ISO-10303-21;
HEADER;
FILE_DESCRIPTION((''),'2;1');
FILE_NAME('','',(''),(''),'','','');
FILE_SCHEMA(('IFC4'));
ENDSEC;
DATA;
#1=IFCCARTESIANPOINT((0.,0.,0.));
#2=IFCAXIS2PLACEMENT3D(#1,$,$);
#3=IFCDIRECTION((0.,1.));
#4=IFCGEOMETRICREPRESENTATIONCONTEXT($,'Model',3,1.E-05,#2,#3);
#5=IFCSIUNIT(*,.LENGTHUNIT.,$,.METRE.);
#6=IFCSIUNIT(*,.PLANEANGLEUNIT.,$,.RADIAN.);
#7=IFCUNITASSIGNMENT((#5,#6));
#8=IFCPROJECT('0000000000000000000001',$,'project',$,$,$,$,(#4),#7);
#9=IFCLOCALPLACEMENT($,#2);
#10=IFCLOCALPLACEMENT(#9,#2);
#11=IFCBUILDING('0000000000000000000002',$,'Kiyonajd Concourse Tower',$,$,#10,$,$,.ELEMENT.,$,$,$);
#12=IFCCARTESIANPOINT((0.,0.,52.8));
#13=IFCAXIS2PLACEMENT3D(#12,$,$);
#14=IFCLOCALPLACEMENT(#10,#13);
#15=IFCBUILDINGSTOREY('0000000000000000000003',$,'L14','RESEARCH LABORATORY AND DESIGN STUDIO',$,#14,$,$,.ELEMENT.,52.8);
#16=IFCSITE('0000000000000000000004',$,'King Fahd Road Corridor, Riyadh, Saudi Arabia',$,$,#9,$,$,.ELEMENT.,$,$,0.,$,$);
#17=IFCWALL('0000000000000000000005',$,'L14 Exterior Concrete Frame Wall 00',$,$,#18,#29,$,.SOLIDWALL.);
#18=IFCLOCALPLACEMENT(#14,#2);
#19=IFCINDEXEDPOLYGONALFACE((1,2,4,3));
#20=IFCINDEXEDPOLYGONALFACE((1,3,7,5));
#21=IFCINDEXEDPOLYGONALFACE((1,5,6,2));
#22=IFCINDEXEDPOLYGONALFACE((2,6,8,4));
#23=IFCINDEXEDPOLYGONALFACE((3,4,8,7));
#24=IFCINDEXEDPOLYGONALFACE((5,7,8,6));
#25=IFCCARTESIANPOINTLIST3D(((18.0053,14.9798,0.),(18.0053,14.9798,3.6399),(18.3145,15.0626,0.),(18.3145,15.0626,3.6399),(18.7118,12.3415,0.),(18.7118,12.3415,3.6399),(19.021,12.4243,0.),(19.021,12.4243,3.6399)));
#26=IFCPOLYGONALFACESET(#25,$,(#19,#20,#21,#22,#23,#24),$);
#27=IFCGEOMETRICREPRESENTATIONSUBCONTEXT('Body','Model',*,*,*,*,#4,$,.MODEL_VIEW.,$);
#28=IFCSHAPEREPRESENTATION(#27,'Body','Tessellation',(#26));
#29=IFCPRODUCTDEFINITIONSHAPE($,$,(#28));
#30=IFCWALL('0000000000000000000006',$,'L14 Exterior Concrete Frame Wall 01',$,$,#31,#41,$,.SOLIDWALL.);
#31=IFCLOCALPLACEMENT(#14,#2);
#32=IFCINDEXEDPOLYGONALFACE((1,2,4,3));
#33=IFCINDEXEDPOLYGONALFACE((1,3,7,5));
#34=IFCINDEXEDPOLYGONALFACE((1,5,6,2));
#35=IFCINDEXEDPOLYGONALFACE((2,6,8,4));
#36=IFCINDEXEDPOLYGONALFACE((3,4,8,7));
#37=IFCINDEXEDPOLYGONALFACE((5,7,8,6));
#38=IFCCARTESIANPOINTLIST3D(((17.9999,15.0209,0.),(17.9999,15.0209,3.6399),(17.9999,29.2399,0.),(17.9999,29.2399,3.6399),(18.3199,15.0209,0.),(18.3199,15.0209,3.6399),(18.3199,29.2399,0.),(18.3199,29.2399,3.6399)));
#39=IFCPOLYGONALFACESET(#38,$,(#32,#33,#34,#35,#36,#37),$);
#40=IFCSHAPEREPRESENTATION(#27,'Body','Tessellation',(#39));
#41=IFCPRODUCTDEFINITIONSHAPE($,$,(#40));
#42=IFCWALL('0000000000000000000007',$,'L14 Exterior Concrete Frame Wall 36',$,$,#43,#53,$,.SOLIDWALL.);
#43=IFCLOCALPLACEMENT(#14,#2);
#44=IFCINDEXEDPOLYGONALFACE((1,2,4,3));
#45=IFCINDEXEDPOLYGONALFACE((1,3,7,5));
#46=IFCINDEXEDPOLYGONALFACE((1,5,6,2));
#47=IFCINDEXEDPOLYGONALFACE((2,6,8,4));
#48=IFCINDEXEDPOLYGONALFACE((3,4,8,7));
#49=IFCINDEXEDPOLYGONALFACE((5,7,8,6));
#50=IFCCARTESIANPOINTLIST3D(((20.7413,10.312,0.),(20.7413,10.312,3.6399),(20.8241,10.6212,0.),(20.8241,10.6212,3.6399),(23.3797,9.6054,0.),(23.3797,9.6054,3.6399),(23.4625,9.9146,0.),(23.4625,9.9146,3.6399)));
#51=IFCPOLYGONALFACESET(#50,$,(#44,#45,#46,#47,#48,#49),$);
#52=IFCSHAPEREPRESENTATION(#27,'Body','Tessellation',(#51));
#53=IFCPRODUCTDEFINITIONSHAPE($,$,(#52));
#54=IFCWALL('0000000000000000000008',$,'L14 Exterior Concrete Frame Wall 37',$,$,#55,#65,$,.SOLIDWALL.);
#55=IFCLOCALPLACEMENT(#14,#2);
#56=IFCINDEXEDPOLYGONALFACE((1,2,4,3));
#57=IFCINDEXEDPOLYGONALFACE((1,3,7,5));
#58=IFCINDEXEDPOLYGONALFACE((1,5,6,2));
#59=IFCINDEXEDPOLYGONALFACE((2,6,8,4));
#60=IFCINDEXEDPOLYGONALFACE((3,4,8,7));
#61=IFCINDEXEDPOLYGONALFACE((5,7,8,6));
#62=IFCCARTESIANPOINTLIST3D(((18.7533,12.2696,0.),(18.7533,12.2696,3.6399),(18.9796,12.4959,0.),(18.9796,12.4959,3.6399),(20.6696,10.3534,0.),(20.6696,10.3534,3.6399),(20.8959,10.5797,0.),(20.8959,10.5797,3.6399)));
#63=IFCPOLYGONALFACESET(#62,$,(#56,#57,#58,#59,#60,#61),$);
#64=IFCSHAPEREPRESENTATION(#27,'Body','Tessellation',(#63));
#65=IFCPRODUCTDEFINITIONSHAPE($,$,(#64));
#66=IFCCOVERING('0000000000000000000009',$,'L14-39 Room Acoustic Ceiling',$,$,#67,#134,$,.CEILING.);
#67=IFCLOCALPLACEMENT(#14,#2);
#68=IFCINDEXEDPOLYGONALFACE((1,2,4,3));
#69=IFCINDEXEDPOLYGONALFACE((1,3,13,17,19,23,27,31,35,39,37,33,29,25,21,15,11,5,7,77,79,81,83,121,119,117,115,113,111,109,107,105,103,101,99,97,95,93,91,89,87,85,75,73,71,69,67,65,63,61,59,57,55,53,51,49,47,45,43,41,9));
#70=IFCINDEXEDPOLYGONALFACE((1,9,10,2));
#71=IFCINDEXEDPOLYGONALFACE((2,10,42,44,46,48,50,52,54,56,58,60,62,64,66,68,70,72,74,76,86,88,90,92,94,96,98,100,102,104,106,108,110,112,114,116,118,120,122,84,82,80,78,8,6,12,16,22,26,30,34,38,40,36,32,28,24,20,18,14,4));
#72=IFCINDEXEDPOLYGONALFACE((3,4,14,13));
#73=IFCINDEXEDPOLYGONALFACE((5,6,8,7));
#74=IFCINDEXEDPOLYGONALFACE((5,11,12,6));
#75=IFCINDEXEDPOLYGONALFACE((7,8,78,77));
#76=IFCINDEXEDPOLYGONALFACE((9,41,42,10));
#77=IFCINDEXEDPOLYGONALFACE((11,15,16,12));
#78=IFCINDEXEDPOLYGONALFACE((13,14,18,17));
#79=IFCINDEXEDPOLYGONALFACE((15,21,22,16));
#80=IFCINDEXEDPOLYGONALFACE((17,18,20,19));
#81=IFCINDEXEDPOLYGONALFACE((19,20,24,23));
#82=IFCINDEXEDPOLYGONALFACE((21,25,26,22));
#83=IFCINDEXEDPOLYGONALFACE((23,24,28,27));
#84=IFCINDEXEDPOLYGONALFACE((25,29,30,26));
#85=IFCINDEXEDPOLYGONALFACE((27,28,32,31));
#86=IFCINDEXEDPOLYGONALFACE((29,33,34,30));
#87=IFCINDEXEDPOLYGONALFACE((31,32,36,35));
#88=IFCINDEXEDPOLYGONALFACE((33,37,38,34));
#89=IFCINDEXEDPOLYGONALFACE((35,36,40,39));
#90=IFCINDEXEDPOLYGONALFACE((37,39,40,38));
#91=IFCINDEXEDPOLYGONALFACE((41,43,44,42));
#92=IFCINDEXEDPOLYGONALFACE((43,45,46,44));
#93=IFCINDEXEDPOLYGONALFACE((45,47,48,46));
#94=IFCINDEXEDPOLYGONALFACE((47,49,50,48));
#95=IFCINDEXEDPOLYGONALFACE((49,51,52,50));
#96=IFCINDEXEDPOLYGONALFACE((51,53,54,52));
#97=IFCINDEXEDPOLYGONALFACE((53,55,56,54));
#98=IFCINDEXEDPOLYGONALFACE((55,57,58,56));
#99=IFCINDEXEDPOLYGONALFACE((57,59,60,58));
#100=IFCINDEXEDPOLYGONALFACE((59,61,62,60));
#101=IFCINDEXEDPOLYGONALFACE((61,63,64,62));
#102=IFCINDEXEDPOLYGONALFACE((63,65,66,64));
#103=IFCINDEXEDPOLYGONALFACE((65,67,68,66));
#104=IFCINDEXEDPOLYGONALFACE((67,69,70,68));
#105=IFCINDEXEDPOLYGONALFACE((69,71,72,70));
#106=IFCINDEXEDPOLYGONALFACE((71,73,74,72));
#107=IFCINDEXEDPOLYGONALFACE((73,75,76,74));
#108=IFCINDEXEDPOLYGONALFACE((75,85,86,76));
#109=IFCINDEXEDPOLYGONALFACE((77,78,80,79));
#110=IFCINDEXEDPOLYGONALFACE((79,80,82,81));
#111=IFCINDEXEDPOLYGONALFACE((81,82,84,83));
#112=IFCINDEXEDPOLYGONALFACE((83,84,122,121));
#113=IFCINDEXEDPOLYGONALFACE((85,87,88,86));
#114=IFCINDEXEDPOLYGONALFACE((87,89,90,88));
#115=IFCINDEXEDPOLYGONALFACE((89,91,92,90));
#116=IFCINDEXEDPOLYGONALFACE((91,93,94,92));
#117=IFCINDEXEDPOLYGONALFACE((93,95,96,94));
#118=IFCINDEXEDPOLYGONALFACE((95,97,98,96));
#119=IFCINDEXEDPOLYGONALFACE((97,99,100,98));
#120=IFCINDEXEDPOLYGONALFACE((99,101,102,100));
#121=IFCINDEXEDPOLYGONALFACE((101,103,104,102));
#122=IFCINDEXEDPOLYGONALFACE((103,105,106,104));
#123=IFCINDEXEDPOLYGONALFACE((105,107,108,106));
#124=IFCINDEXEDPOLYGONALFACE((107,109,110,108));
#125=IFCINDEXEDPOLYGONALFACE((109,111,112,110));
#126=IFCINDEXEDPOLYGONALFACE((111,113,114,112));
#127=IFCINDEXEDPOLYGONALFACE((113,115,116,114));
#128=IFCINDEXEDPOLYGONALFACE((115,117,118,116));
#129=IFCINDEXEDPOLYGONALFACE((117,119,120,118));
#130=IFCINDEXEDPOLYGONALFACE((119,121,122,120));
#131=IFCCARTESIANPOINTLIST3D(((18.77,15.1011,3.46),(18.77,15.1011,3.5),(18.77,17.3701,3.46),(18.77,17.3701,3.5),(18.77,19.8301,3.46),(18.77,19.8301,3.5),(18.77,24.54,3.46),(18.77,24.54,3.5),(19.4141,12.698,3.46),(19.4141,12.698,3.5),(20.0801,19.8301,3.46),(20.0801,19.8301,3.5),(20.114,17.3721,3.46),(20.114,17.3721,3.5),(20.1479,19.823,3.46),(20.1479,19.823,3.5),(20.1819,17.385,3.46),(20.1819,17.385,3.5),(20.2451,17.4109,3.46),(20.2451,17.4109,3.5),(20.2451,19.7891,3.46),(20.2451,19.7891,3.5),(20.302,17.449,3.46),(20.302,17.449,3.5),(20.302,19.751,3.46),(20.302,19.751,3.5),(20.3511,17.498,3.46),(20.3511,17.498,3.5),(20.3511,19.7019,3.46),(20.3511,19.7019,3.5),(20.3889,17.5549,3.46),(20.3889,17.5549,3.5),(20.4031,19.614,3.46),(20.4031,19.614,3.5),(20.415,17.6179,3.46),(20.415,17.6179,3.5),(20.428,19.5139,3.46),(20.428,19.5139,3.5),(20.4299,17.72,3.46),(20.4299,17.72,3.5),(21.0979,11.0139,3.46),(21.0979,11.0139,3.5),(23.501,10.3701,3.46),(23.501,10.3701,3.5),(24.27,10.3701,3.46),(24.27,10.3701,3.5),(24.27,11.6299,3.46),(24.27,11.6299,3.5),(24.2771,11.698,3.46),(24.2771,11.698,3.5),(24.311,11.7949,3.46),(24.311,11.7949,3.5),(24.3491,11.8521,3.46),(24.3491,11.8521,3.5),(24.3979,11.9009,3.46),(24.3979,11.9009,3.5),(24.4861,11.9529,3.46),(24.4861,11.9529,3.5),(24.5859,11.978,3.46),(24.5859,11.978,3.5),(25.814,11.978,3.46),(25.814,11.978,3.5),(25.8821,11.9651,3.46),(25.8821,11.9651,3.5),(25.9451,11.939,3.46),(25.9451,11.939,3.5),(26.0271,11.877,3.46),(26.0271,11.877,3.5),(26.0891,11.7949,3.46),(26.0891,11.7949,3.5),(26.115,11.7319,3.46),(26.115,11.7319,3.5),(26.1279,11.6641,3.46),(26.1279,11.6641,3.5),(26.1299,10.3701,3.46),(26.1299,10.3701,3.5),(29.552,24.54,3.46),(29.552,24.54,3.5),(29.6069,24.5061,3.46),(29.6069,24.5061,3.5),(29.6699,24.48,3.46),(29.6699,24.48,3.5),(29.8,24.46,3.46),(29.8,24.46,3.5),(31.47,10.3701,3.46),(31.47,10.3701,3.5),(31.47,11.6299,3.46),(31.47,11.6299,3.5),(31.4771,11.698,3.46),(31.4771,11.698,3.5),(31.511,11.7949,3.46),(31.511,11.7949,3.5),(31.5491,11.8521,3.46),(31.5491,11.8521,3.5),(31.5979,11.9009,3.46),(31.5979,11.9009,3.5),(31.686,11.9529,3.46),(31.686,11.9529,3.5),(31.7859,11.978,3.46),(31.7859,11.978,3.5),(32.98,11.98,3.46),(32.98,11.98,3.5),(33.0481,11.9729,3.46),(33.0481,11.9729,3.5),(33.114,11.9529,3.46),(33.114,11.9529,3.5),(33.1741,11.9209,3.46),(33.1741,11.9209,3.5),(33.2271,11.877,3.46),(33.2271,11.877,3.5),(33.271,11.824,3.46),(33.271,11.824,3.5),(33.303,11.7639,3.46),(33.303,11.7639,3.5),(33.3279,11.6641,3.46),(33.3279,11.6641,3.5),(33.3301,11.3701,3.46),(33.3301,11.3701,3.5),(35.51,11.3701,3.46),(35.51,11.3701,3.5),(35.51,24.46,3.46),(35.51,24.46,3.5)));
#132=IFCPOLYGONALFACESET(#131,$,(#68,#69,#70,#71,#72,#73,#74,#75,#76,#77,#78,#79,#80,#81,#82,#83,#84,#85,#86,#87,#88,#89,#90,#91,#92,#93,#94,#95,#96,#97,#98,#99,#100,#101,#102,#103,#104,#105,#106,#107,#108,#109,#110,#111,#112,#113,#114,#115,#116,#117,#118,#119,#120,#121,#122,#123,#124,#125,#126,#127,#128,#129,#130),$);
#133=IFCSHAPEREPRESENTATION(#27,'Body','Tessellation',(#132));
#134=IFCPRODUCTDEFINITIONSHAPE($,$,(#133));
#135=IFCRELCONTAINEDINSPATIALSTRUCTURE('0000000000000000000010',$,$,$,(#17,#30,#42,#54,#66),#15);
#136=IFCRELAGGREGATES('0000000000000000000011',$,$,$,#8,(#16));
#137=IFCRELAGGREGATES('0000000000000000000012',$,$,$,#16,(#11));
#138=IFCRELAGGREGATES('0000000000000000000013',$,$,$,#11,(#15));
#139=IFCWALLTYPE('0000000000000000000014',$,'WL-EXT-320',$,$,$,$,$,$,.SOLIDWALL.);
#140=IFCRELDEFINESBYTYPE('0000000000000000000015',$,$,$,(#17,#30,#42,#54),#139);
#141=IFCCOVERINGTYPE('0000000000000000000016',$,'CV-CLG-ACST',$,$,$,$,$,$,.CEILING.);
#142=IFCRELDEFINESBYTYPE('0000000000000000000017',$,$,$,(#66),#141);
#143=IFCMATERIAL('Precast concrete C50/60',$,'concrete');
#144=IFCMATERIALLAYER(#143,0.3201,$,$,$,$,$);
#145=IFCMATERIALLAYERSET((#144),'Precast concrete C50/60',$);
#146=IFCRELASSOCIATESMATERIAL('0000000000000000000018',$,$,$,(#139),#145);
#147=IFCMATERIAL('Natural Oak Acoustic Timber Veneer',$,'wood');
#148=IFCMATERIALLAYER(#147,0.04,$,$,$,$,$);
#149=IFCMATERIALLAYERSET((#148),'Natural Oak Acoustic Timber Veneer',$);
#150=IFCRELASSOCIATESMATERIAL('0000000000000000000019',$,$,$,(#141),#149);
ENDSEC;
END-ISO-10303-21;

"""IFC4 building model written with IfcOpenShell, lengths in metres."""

from ifc_helpers import new_model, si_unit, direction, frame, frame_2d, origin, place, context, subcontext, project, spatial, polyline, rectangle, outline, extrude, material, layer, layer_set, type_object, element, save


model = new_model("IFC4")

# Units and contexts
model_context = context("Model", 3, precision=1e-05, world=origin(), true_north=direction((0.0, 1.0)))
body_context = subcontext(model_context, "Body", "Model", "MODEL_VIEW")
ifc_project = project(units=[si_unit("LENGTHUNIT", "METRE"), si_unit("PLANEANGLEUNIT", "RADIAN")], contexts=[model_context])

# Site, building, storey
site_placement = place(None, origin())
site = spatial("IfcSite", under=ifc_project, at=site_placement, Name="King Fahd Road Corridor, Riyadh, Saudi Arabia", CompositionType="ELEMENT", RefElevation=0.0)
building_placement = place(site_placement, origin())
building = spatial("IfcBuilding", under=site, at=building_placement, Name="Kiyonajd Concourse Tower", CompositionType="ELEMENT")
storey_placement = place(building_placement, frame((0.0, 0.0, 52.8)))
storey = spatial("IfcBuildingStorey", under=building, at=storey_placement, Name="L14", Description="RESEARCH LABORATORY AND DESIGN STUDIO", CompositionType="ELEMENT", Elevation=52.8)

# Shared definitions
ifc_material_1 = material(Name="Precast concrete C50/60", Category="concrete")

# Walls
ifc_layer_1 = layer(ifc_material_1, 0.3201)
ifc_layer_set_1 = layer_set([ifc_layer_1], Name="Precast concrete C50/60")
wall_type = type_object("IfcWallType", Name="WL-EXT-320", PredefinedType="SOLIDWALL", material=ifc_layer_set_1)
wall_1_placement = place(storey_placement, frame((18.8665, 12.3828, 0.0), z_axis=(0.0, 0.0, 1.0), x_axis=(-0.258697, 0.965958, 0.0)))
element("IfcWall", 1, at=wall_1_placement, inside=storey, type_object=wall_type, Name="L14 Exterior Concrete Frame Wall 00", PredefinedType="SOLIDWALL", context=body_context, shape_type="SweptSolid", body=[
    extrude(rectangle(XDim=2.7312, YDim=0.3201, at=frame_2d((1.3657, 0.0))), origin(), (0.0, 0.0, 1.0), 3.6399),
])
wall_2_placement = place(storey_placement, frame((18.1599, 15.021, 0.0), z_axis=(0.0, 0.0, 1.0), x_axis=(0.0, 1.0, 0.0)))
element("IfcWall", 2, at=wall_2_placement, inside=storey, type_object=wall_type, Name="L14 Exterior Concrete Frame Wall 01", PredefinedType="SOLIDWALL", context=body_context, shape_type="SweptSolid", body=[
    extrude(rectangle(XDim=14.219, YDim=0.3201, at=frame_2d((7.1094, 0.0))), origin(), (0.0, 0.0, 1.0), 3.6399),
])
wall_3_placement = place(storey_placement, frame((23.4211, 9.76, 0.0), z_axis=(0.0, 0.0, 1.0), x_axis=(-0.965964, 0.258675, 0.0)))
element("IfcWall", 3, at=wall_3_placement, inside=storey, type_object=wall_type, Name="L14 Exterior Concrete Frame Wall 36", PredefinedType="SOLIDWALL", context=body_context, shape_type="SweptSolid", body=[
    extrude(rectangle(XDim=2.7314, YDim=0.3201, at=frame_2d((1.3657, 0.0))), origin(), (0.0, 0.0, 1.0), 3.6399),
])
wall_4_placement = place(storey_placement, frame((20.7827, 10.4666, 0.0), z_axis=(0.0, 0.0, 1.0), x_axis=(-0.707107, 0.707107, 0.0)))
element("IfcWall", 4, at=wall_4_placement, inside=storey, type_object=wall_type, Name="L14 Exterior Concrete Frame Wall 37", PredefinedType="SOLIDWALL", context=body_context, shape_type="SweptSolid", body=[
    extrude(rectangle(XDim=2.71, YDim=0.3201, at=frame_2d((1.355, 0.0))), origin(), (0.0, 0.0, 1.0), 3.6399),
])

# Covering
ifc_material_2 = material(Name="Natural Oak Acoustic Timber Veneer", Category="wood")
ifc_layer_2 = layer(ifc_material_2, 0.04)
ifc_layer_set_2 = layer_set([ifc_layer_2], Name="Natural Oak Acoustic Timber Veneer")
covering_type = type_object("IfcCoveringType", Name="CV-CLG-ACST", PredefinedType="CEILING", material=ifc_layer_set_2)
covering_1_placement = place(storey_placement, frame((0.0, 0.0, 3.46)))
element("IfcCovering", 5, at=covering_1_placement, inside=storey, type_object=covering_type, Name="L14-39 Room Acoustic Ceiling", PredefinedType="CEILING", context=body_context, shape_type="SweptSolid", body=[
    extrude(outline(polyline([(19.4141, 12.698), (18.77, 15.1011), (18.77, 17.3701), (20.114, 17.3721), (20.1819, 17.385), (20.2451, 17.4109), (20.302, 17.449), (20.3511, 17.498), (20.3889, 17.5549), (20.415, 17.6179), (20.4299, 17.72), (20.428, 19.5139), (20.4031, 19.614), (20.3511, 19.7019), (20.302, 19.751), (20.2451, 19.7891), (20.1479, 19.823), (20.0801, 19.8301), (18.77, 19.8301), (18.77, 24.54), (29.552, 24.54), (29.6069, 24.5061), (29.6699, 24.48), (29.8, 24.46), (35.51, 24.46), (35.51, 11.3701), (33.3301, 11.3701), (33.3279, 11.6641), (33.303, 11.7639), (33.271, 11.824), (33.2271, 11.877), (33.1741, 11.9209), (33.114, 11.9529), (33.0481, 11.9729), (32.98, 11.98), (31.7859, 11.978), (31.686, 11.9529), (31.5979, 11.9009), (31.5491, 11.8521), (31.511, 11.7949), (31.4771, 11.698), (31.47, 11.6299), (31.47, 10.3701), (26.1299, 10.3701), (26.1279, 11.6641), (26.115, 11.7319), (26.0891, 11.7949), (26.0271, 11.877), (25.9451, 11.939), (25.8821, 11.9651), (25.814, 11.978), (24.5859, 11.978), (24.4861, 11.9529), (24.3979, 11.9009), (24.3491, 11.8521), (24.311, 11.7949), (24.2771, 11.698), (24.27, 11.6299), (24.27, 10.3701), (23.501, 10.3701), (21.0979, 11.0139), (19.4141, 12.698)])), origin(), (0.0, 0.0, 1.0), 0.04),
])

save(model, "model.ifc")
